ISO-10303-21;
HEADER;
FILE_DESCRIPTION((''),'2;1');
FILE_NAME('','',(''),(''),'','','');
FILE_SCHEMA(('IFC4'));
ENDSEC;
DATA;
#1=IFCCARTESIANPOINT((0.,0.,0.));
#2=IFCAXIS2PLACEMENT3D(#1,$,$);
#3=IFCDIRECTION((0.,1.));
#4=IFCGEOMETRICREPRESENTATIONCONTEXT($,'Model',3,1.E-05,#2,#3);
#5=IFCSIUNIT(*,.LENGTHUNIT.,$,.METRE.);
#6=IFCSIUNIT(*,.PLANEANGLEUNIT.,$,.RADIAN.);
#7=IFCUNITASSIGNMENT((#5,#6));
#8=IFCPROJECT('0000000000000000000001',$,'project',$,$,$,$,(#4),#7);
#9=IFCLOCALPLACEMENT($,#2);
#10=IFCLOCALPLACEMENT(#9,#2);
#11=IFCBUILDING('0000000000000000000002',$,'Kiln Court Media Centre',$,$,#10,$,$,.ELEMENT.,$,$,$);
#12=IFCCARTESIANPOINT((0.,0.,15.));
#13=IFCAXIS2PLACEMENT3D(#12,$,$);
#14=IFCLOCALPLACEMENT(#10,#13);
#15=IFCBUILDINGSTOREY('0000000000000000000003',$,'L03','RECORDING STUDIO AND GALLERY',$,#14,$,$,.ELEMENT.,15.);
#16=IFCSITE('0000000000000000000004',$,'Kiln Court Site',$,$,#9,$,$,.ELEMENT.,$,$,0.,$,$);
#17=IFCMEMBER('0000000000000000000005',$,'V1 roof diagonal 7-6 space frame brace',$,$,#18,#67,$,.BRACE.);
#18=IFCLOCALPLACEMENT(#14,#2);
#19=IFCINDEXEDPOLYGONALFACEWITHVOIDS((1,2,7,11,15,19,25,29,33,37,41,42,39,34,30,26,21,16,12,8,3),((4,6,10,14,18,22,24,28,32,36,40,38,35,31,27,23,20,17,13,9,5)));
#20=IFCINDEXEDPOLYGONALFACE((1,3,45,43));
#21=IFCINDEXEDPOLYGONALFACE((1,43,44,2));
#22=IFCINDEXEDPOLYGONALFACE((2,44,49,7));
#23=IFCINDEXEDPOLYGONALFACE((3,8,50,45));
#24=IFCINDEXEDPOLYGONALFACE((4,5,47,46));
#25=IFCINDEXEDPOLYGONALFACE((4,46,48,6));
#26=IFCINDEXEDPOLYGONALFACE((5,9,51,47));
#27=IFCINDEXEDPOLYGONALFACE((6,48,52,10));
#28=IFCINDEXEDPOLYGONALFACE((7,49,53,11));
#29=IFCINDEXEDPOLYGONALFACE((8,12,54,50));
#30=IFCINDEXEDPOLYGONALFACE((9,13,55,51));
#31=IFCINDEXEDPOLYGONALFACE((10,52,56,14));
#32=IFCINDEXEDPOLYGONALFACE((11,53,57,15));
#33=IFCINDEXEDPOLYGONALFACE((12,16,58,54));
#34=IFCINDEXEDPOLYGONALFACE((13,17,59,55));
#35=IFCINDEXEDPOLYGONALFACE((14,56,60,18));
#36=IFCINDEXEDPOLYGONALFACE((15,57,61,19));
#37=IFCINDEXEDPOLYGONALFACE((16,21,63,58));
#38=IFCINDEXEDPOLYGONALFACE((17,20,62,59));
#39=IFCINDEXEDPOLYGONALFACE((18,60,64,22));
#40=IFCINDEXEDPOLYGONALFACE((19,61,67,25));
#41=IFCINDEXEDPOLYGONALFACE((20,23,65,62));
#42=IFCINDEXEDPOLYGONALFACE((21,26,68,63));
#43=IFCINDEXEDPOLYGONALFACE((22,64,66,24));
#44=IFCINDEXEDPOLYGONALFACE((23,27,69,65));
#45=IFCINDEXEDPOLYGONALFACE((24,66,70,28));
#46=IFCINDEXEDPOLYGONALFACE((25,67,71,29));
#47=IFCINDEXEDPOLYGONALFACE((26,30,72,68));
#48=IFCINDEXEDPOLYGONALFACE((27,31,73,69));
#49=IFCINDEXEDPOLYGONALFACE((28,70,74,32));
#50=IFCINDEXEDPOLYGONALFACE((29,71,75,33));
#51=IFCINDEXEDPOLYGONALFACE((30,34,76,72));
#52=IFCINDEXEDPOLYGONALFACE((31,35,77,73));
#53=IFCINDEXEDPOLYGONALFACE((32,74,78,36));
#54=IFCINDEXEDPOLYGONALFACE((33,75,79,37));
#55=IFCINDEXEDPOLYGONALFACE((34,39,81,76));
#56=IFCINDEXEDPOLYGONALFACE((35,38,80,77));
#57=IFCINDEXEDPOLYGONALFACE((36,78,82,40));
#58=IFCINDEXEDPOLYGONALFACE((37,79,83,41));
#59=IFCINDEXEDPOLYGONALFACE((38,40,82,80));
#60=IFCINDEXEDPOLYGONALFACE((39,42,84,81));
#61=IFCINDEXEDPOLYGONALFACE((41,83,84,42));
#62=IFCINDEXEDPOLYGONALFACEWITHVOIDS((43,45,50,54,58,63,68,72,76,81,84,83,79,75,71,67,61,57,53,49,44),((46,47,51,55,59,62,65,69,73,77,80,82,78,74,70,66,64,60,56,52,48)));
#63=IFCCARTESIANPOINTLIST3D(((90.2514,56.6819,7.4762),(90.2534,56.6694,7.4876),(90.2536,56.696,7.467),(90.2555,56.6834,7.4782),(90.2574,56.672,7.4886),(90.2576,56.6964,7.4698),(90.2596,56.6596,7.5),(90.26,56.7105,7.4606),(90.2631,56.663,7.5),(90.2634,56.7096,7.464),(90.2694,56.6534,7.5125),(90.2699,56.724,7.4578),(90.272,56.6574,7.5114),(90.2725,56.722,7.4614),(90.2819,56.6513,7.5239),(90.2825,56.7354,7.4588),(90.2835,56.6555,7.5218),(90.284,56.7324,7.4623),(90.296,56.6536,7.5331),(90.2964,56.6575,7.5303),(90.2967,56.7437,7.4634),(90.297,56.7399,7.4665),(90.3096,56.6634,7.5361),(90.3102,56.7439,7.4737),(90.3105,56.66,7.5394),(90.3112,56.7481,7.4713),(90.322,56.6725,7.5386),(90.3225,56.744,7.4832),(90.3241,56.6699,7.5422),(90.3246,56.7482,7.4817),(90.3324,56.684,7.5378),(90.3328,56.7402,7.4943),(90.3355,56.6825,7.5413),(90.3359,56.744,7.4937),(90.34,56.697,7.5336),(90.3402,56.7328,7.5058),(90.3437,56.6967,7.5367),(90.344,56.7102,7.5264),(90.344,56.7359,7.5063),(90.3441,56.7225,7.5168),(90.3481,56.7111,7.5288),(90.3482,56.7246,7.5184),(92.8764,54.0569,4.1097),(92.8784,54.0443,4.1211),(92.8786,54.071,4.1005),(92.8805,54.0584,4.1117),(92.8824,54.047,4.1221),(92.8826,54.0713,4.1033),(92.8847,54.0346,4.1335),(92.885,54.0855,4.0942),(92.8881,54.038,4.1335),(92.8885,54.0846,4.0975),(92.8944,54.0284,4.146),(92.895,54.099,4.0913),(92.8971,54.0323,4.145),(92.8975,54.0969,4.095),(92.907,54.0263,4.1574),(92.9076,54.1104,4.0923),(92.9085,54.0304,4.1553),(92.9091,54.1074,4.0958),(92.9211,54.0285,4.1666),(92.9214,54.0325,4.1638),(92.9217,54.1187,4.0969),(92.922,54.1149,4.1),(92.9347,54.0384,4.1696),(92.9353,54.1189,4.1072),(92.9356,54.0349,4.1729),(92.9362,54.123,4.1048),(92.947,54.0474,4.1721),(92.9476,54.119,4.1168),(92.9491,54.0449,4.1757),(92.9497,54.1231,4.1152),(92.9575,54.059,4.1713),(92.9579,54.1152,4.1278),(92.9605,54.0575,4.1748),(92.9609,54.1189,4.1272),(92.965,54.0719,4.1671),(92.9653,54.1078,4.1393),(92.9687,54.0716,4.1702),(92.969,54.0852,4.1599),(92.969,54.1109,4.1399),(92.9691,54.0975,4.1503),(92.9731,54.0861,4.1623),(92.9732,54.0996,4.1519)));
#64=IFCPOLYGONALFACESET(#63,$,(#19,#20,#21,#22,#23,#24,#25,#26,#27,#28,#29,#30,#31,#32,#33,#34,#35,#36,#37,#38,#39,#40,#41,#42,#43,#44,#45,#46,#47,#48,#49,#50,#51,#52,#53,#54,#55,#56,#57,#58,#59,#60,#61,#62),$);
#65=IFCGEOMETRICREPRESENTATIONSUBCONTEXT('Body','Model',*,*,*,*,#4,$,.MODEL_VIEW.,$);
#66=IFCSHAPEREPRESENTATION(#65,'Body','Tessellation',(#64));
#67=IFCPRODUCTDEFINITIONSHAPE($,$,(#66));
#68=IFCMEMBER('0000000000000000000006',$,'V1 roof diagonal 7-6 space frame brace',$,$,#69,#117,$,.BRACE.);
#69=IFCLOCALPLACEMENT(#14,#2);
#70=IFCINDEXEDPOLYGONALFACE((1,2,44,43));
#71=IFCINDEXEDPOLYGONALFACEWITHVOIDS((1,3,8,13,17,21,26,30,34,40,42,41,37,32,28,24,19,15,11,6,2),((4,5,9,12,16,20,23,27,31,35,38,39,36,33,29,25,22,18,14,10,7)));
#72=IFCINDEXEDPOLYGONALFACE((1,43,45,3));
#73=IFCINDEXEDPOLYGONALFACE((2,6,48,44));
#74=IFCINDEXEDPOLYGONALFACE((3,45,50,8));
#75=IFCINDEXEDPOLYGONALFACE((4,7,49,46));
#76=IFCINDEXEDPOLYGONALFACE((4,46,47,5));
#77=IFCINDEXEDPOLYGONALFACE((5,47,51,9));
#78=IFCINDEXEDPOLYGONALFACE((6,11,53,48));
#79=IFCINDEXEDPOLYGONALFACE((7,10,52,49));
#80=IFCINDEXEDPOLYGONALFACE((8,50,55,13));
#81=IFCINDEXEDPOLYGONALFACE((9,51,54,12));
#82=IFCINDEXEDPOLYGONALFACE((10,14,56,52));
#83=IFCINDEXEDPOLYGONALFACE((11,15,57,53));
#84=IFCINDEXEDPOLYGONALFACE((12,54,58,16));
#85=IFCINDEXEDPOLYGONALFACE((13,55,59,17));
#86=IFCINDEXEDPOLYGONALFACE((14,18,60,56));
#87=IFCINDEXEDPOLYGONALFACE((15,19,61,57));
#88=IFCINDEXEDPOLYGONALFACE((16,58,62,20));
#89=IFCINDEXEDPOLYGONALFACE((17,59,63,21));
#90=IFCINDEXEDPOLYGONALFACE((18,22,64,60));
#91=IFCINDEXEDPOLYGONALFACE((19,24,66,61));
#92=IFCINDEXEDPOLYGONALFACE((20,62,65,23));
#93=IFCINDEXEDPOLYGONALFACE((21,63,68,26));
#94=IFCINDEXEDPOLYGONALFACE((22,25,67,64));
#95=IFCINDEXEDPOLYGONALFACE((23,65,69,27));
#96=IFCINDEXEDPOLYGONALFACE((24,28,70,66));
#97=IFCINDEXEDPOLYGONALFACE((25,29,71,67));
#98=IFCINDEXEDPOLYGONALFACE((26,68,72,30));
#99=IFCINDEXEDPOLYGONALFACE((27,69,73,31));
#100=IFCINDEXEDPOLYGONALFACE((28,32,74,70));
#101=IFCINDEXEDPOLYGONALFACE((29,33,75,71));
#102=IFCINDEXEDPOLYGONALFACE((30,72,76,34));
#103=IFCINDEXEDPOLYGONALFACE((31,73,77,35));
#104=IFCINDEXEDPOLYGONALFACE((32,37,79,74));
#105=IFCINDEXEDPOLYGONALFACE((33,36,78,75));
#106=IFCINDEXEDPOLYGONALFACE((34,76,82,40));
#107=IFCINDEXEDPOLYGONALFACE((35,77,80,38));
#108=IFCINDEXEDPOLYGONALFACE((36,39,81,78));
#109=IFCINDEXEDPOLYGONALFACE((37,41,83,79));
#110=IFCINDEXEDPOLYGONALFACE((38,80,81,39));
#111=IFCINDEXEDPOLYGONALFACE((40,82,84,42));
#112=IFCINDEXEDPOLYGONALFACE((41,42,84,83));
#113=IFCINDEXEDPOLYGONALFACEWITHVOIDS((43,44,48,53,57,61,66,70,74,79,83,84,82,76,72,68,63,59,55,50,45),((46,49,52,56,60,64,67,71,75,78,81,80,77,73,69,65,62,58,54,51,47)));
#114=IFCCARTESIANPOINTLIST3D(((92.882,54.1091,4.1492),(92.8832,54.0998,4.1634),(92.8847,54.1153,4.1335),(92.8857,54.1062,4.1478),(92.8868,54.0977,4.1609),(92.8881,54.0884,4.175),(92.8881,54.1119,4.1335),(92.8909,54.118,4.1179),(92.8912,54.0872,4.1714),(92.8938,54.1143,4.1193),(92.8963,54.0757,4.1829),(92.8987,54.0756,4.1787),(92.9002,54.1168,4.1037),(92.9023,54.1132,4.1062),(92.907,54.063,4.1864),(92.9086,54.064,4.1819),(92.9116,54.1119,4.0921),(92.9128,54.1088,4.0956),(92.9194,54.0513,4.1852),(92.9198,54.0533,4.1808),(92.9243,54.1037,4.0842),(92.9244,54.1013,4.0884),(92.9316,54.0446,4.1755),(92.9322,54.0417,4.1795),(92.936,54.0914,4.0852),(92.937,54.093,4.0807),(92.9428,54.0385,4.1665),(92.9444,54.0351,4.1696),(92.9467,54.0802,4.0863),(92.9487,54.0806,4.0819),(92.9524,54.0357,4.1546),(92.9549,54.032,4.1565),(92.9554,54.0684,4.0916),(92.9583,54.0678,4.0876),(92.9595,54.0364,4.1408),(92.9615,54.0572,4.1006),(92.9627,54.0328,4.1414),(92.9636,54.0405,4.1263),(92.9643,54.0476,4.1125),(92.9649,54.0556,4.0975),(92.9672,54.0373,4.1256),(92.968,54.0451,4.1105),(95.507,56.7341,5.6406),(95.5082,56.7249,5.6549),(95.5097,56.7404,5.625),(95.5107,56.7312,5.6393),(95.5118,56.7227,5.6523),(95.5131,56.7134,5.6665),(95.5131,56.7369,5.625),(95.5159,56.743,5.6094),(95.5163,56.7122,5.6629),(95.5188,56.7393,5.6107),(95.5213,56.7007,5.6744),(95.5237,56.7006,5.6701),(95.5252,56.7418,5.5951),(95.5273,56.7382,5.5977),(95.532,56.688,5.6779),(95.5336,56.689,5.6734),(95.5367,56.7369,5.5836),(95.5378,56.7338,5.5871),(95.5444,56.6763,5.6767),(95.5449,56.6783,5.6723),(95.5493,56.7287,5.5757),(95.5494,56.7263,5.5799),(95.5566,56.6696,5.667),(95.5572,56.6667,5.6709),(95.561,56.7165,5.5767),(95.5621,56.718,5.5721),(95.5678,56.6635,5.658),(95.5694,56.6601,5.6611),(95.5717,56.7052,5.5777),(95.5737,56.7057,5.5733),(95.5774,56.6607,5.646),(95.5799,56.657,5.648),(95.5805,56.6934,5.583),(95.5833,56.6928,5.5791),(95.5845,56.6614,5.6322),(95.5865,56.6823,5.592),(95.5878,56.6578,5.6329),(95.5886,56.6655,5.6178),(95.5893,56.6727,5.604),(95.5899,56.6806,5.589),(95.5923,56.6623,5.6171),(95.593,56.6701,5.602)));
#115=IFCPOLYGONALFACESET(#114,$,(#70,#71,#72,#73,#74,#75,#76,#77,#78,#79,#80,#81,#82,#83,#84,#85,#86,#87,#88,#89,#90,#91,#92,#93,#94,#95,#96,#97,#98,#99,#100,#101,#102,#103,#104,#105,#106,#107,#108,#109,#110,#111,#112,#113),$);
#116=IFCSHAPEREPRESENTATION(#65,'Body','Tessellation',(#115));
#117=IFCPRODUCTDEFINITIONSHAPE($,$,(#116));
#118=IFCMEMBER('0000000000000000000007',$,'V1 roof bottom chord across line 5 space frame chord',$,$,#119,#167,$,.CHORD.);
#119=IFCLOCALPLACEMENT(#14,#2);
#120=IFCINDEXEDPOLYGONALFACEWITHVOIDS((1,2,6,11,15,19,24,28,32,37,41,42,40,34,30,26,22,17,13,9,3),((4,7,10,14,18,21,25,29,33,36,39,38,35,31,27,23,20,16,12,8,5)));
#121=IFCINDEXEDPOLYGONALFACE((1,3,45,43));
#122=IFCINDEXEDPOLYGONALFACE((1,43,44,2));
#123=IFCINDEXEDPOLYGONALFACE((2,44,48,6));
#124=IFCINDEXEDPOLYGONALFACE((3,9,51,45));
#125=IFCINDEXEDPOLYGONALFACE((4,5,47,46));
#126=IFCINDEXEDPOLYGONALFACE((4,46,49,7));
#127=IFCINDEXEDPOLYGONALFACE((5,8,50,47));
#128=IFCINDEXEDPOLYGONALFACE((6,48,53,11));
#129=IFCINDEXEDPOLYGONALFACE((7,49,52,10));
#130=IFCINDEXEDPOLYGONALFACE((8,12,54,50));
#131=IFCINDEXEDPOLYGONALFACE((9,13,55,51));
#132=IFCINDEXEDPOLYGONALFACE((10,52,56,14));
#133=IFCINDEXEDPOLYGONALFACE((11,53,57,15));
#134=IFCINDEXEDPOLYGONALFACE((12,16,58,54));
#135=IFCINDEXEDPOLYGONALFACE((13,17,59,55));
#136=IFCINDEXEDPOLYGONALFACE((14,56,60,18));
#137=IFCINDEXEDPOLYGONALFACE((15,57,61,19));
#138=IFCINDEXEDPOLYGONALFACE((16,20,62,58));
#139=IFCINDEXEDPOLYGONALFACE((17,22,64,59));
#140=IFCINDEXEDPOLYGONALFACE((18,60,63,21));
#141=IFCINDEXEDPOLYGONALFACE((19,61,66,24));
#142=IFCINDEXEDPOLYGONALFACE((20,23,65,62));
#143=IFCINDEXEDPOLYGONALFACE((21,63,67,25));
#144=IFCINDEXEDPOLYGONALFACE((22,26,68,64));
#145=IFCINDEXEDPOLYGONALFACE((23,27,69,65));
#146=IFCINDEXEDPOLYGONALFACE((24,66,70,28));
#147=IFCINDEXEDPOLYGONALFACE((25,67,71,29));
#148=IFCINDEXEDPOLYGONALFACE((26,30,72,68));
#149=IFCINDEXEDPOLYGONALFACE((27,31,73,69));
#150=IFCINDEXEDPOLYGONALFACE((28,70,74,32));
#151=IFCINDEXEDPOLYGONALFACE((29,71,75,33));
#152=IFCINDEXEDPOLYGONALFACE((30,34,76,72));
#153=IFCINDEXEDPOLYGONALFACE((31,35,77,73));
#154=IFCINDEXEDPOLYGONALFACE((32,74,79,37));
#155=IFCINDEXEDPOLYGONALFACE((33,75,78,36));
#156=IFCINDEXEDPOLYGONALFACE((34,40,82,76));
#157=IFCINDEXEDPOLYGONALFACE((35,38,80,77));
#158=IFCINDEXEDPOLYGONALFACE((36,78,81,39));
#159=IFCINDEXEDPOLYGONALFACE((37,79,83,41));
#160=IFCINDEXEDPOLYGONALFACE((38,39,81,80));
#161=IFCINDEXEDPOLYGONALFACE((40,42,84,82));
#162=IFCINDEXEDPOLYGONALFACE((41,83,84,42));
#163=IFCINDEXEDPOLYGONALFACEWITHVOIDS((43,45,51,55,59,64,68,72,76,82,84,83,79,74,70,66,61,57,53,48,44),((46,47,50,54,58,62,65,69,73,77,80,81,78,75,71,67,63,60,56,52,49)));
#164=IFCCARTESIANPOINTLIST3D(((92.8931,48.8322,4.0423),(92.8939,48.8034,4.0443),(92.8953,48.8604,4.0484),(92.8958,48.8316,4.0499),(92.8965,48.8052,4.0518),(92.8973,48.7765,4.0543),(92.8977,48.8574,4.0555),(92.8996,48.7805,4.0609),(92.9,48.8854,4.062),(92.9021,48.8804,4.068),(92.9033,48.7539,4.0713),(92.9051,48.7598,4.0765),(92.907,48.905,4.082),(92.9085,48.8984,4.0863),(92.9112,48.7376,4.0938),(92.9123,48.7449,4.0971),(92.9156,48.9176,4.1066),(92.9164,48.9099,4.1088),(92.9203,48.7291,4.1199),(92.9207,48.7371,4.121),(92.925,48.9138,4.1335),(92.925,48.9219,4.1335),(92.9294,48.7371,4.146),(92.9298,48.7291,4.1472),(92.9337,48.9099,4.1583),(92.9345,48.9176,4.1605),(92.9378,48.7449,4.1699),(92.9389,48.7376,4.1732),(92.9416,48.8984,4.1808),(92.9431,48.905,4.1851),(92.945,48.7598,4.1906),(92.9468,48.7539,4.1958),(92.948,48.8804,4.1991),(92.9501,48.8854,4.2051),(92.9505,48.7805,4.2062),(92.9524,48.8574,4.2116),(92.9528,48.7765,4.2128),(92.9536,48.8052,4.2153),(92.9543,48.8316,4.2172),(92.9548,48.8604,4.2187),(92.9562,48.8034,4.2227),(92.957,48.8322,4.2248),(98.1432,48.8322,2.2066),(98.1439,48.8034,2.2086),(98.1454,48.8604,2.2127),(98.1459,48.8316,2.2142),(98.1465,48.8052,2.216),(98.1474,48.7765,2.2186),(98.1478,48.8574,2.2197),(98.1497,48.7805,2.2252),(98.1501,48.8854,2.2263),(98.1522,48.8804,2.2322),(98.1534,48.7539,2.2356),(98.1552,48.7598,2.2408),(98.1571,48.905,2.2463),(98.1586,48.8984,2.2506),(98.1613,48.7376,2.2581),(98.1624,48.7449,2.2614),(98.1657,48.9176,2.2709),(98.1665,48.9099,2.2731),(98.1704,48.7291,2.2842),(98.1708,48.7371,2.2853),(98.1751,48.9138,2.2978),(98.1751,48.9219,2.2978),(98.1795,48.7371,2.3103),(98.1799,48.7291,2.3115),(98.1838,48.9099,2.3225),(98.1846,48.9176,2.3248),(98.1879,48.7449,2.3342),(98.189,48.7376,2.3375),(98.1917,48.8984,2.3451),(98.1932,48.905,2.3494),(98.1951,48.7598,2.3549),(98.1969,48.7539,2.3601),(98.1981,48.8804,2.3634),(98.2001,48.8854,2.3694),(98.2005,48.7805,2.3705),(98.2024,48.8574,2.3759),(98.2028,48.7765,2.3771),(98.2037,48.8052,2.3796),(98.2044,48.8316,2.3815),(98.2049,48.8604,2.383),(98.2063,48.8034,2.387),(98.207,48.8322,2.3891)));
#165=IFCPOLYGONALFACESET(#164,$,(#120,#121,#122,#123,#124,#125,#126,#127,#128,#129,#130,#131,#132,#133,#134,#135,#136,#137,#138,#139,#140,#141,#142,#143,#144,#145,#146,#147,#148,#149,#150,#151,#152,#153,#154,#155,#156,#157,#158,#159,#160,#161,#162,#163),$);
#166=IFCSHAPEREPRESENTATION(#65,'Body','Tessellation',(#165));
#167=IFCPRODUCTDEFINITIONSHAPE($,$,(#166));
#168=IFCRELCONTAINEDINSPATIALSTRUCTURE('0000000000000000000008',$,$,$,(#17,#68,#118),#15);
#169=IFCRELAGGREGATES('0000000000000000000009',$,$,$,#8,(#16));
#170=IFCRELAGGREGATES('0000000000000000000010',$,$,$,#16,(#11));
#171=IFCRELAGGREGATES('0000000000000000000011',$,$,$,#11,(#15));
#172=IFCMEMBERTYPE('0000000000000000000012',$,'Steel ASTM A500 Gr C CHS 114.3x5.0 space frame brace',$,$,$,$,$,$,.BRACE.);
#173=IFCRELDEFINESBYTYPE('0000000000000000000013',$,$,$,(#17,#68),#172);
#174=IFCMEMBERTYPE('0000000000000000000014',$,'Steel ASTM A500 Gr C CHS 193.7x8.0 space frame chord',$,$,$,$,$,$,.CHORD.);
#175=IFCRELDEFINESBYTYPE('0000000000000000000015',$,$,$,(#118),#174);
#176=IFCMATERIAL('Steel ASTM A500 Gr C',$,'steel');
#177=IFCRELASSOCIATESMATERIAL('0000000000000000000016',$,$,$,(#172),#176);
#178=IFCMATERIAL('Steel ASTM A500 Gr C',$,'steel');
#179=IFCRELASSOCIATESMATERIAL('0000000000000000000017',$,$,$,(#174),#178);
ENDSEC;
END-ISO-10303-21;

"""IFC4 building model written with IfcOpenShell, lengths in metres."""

from ifc_helpers import new_model, si_unit, direction, frame, origin, origin_2d, place, context, subcontext, project, spatial, hollow_circle, extrude, material, material_profile, profile_set, type_object, element, save


model = new_model("IFC4")

# Units and contexts
model_context = context("Model", 3, precision=1e-05, world=origin(), true_north=direction((0.0, 1.0)))
body_context = subcontext(model_context, "Body", "Model", "MODEL_VIEW")
ifc_project = project(units=[si_unit("LENGTHUNIT", "METRE"), si_unit("PLANEANGLEUNIT", "RADIAN")], contexts=[model_context])

# Site, building, storey
site_placement = place(None, origin())
site = spatial("IfcSite", under=ifc_project, at=site_placement, Name="Kiln Court Site", CompositionType="ELEMENT", RefElevation=0.0)
building_placement = place(site_placement, origin())
building = spatial("IfcBuilding", under=site, at=building_placement, Name="Kiln Court Media Centre", CompositionType="ELEMENT")
storey_placement = place(building_placement, frame((0.0, 0.0, 15.0)))
storey = spatial("IfcBuildingStorey", under=building, at=storey_placement, Name="L03", Description="RECORDING STUDIO AND GALLERY", CompositionType="ELEMENT", Elevation=15.0)

# Members
ifc_material_1 = material(Name="Steel ASTM A500 Gr C", Category="steel")
ifc_material_profile_1 = material_profile(ifc_material_1, hollow_circle(Radius=0.0571, WallThickness=0.0049, at=origin_2d()), Name="CHS 114.3x5.0")
ifc_profile_set_1 = profile_set([ifc_material_profile_1], Name="Steel ASTM A500 Gr C")
member_type_1 = type_object("IfcMemberType", Name="Steel ASTM A500 Gr C CHS 114.3x5.0 space frame brace", PredefinedType="BRACE", material=ifc_profile_set_1)
member_1_placement = place(storey_placement, frame((92.925, 54.075, 4.1335), z_axis=(-0.523804, 0.523804, 0.671758), x_axis=(-0.707107, -0.707107, 0.0)))
element("IfcMember", 1, at=member_1_placement, inside=storey, type_object=member_type_1, Name="V1 roof diagonal 7-6 space frame brace", PredefinedType="BRACE", context=body_context, shape_type="SweptSolid", body=[
    extrude(hollow_circle(Radius=0.0571, WallThickness=0.0049, at=origin_2d()), origin(), (0.0, 0.0, 1.0), 5.0115),
])
member_2_placement = place(storey_placement, frame((92.925, 54.075, 4.1335), z_axis=(0.656133, 0.656133, 0.372798), x_axis=(-0.707107, 0.707107, 0.0)))
element("IfcMember", 2, at=member_2_placement, inside=storey, type_object=member_type_1, Name="V1 roof diagonal 7-6 space frame brace", PredefinedType="BRACE", context=body_context, shape_type="SweptSolid", body=[
    extrude(hollow_circle(Radius=0.0571, WallThickness=0.0049, at=origin_2d()), origin(), (0.0, 0.0, 1.0), 4.0007),
])
ifc_material_2 = material(Name="Steel ASTM A500 Gr C", Category="steel")
ifc_material_profile_2 = material_profile(ifc_material_2, hollow_circle(Radius=0.0969, WallThickness=0.0081, at=origin_2d()), Name="CHS 193.7x8.0")
ifc_profile_set_2 = profile_set([ifc_material_profile_2], Name="Steel ASTM A500 Gr C")
member_type_2 = type_object("IfcMemberType", Name="Steel ASTM A500 Gr C CHS 193.7x8.0 space frame chord", PredefinedType="CHORD", material=ifc_profile_set_2)
for number, where, z_axis, x_axis, name in (
    (3, (92.925, 48.825, 4.1335), (0.94396, 0.0, -0.330061), (0.0, 1.0, 0.0), "V1 roof bottom chord across line 5 space frame chord"),
):
    element("IfcMember", number, at=place(storey_placement, frame(where, z_axis=z_axis, x_axis=x_axis)), inside=storey, type_object=member_type_2, Name=name, PredefinedType="CHORD", context=body_context, shape_type="SweptSolid", body=[
        extrude(hollow_circle(Radius=0.0969, WallThickness=0.0081, at=origin_2d()), origin(), (0.0, 0.0, 1.0), 5.5618),
    ])

save(model, "model.ifc")
